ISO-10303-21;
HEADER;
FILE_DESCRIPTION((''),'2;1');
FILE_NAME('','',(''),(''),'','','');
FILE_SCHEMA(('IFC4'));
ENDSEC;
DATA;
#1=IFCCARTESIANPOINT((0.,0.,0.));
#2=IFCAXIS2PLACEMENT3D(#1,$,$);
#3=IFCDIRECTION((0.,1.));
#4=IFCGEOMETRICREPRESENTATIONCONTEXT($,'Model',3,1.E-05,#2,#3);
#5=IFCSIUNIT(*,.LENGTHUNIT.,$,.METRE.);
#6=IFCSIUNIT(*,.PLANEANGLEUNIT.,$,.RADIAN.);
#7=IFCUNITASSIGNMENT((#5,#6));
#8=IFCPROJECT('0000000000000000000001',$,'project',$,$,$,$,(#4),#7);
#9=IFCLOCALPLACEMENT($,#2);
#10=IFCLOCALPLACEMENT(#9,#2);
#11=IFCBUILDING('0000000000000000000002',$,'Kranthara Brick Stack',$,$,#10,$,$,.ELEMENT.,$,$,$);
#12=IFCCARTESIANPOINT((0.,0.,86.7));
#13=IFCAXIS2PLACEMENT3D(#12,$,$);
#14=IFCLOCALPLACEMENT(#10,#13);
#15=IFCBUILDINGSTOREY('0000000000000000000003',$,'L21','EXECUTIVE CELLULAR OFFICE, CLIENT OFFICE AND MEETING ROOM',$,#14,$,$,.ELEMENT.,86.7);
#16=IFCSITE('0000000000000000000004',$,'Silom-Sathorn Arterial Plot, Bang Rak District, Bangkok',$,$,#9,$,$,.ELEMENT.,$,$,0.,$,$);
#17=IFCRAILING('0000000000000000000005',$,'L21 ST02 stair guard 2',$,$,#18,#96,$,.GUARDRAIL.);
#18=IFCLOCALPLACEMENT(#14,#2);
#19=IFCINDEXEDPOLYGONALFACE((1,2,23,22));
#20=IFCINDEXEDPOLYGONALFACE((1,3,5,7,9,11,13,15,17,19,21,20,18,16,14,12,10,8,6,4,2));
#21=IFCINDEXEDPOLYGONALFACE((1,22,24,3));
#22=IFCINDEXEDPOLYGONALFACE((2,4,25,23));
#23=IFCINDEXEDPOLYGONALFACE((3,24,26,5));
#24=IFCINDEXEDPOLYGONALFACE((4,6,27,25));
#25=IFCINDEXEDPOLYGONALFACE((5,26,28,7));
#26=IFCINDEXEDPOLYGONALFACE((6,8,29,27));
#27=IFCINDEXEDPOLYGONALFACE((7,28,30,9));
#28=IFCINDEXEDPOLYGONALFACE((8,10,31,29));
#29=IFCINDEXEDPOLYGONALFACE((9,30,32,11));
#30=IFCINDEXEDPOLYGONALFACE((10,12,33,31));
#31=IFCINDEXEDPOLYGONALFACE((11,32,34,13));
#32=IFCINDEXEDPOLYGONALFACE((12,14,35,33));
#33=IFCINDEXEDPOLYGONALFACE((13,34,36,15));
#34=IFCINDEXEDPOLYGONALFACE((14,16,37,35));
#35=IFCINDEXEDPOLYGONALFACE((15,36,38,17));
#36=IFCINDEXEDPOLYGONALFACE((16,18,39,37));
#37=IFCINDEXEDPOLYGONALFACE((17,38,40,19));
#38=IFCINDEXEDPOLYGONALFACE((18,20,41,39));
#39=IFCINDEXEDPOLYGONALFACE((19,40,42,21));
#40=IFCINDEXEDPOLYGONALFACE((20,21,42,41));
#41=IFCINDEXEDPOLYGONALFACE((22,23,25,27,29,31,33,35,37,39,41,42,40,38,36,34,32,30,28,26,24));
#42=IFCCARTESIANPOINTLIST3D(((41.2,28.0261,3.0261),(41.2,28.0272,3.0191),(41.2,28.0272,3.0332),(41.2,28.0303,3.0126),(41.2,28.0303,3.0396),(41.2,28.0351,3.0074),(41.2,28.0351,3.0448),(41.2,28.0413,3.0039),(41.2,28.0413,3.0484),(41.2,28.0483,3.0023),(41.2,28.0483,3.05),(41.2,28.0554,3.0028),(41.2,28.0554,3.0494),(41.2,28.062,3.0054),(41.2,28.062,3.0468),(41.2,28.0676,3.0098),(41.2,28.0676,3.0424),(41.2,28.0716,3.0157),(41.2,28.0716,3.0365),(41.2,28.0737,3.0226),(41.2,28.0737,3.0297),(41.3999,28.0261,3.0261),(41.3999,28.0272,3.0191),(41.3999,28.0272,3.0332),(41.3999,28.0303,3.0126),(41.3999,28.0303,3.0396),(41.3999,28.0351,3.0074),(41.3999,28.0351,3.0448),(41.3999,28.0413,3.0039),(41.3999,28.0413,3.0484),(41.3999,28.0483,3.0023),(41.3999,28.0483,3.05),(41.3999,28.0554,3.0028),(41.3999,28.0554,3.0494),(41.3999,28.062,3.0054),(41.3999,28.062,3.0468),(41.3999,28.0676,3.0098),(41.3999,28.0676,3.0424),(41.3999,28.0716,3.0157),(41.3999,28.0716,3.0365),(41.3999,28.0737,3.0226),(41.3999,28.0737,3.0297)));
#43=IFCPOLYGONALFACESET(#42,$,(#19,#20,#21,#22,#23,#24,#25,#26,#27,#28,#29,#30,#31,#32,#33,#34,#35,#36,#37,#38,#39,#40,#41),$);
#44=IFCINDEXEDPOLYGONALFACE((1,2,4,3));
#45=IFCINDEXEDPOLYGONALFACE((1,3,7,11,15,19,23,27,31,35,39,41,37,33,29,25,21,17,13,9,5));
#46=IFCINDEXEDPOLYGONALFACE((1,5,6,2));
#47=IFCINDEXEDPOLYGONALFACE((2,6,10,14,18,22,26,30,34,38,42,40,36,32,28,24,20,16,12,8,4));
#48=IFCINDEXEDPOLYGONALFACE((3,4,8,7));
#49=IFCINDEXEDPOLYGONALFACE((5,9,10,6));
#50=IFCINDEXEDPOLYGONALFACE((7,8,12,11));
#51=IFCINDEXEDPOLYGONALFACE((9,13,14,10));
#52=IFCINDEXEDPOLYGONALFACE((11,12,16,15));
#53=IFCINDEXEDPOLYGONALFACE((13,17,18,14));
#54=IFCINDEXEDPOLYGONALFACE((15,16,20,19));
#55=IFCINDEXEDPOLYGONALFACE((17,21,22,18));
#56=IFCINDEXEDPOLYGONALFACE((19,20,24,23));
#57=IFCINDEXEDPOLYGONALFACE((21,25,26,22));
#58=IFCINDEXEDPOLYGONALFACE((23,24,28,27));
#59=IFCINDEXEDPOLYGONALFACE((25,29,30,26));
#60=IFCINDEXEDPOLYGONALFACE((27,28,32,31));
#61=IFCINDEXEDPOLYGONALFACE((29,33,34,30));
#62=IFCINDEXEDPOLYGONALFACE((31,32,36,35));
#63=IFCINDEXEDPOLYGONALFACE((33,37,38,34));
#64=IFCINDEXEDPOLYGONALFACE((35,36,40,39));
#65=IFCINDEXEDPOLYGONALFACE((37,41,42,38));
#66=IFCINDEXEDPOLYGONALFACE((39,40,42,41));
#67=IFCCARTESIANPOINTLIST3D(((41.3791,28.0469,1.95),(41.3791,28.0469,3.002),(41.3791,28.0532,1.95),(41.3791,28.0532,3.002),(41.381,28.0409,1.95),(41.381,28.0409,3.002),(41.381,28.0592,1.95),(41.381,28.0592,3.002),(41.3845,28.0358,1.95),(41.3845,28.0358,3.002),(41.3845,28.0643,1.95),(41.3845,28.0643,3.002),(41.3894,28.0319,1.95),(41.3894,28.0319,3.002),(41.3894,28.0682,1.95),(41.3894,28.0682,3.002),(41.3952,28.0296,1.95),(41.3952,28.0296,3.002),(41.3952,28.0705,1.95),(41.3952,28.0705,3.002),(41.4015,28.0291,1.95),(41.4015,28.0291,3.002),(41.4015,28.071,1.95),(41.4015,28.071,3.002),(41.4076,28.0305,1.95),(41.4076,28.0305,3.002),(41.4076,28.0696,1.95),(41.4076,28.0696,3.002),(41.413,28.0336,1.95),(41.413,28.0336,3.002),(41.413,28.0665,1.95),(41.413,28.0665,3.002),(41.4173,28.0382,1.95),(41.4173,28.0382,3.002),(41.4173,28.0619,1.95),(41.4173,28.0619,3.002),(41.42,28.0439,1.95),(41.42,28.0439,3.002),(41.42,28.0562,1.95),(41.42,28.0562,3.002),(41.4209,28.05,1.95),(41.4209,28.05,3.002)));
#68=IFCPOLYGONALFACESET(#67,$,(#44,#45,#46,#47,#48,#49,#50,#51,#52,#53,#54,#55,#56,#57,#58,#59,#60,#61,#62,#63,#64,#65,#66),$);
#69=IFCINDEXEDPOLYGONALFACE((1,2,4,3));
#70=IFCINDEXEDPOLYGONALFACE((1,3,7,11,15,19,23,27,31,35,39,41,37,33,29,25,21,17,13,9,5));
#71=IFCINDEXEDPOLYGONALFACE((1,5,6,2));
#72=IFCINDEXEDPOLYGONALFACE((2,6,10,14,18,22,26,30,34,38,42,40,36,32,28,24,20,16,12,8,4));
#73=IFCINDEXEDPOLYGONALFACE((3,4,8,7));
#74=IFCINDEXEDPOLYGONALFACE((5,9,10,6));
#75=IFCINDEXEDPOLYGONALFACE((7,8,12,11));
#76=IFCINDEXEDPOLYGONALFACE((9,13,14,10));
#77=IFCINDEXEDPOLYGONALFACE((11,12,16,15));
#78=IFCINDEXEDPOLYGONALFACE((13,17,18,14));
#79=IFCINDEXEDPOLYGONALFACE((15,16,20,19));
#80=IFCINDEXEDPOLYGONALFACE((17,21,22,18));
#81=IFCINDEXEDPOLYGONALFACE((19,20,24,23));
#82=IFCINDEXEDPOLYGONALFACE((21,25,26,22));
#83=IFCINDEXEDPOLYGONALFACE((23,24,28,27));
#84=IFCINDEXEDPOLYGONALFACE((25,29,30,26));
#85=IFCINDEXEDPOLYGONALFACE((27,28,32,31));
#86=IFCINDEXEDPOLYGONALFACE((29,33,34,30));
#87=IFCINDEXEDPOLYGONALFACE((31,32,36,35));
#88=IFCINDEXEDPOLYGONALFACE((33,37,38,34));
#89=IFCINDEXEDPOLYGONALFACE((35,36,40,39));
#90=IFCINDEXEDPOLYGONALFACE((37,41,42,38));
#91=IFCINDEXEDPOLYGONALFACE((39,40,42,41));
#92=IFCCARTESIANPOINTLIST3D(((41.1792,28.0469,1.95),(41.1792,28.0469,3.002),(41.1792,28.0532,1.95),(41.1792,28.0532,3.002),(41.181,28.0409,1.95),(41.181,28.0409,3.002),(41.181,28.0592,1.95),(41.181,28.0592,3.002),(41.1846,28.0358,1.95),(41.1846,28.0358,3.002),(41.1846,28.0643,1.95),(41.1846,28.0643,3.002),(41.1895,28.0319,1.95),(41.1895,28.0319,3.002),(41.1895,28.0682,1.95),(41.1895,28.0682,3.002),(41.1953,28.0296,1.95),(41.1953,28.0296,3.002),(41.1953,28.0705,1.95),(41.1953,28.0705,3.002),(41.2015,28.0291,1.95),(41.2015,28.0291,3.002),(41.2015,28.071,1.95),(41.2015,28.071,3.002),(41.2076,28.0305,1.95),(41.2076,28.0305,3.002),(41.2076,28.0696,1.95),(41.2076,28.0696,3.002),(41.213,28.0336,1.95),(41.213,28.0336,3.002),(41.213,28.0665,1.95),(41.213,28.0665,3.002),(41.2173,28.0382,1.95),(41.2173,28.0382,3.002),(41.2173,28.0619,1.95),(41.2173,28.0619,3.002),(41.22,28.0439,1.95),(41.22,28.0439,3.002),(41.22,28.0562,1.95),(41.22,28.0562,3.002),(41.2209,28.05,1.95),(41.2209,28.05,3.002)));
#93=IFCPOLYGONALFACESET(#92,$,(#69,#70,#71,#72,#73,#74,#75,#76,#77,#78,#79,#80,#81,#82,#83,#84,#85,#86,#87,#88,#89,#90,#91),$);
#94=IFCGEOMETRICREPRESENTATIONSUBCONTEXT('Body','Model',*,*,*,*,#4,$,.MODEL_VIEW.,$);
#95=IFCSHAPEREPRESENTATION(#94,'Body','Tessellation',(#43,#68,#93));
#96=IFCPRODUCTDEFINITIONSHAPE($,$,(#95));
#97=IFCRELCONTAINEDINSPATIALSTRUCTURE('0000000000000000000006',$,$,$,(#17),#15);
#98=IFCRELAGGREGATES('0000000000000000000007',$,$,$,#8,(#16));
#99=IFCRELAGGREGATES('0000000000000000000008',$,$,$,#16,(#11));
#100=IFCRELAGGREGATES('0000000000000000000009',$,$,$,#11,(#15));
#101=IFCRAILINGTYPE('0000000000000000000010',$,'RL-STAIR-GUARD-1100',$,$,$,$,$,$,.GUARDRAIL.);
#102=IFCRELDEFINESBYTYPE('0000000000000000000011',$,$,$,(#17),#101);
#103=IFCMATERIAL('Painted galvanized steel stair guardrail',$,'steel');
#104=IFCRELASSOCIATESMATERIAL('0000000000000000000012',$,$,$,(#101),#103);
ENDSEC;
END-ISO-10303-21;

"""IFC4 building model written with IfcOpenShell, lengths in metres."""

from ifc_helpers import new_model, si_unit, direction, frame, origin, origin_2d, place, context, subcontext, project, spatial, circle, extrude, material, type_object, element, save


model = new_model("IFC4")

# Units and contexts
model_context = context("Model", 3, precision=1e-05, world=origin(), true_north=direction((0.0, 1.0)))
body_context = subcontext(model_context, "Body", "Model", "MODEL_VIEW")
ifc_project = project(units=[si_unit("LENGTHUNIT", "METRE"), si_unit("PLANEANGLEUNIT", "RADIAN")], contexts=[model_context])

# Site, building, storey
site_placement = place(None, origin())
site = spatial("IfcSite", under=ifc_project, at=site_placement, Name="Silom-Sathorn Arterial Plot, Bang Rak District, Bangkok", CompositionType="ELEMENT", RefElevation=0.0)
building_placement = place(site_placement, origin())
building = spatial("IfcBuilding", under=site, at=building_placement, Name="Kranthara Brick Stack", CompositionType="ELEMENT")
storey_placement = place(building_placement, frame((0.0, 0.0, 86.7)))
storey = spatial("IfcBuildingStorey", under=building, at=storey_placement, Name="L21", Description="EXECUTIVE CELLULAR OFFICE, CLIENT OFFICE AND MEETING ROOM", CompositionType="ELEMENT", Elevation=86.7)

# Railing
ifc_material_1 = material(Name="Painted galvanized steel stair guardrail", Category="steel")
railing_type_1 = type_object("IfcRailingType", Name="RL-STAIR-GUARD-1100", PredefinedType="GUARDRAIL", material=ifc_material_1)
railing_1_placement = place(storey_placement, frame((41.3999, 28.05, 1.95)))
element("IfcRailing", 1, at=railing_1_placement, inside=storey, type_object=railing_type_1, Name="L21 ST02 stair guard 2", PredefinedType="GUARDRAIL", context=body_context, shape_type="SweptSolid", body=[
    extrude(circle(Radius=0.0239, at=origin_2d()), frame((0.0, 0.0, 1.0762), z_axis=(-1.0, 0.0, 0.0), x_axis=(0.0, -1.0, 0.0)), (0.0, 0.0, 1.0), 0.2),
    extrude(circle(Radius=0.021, at=origin_2d()), origin(), (0.0, 0.0, 1.0), 1.052),
    extrude(circle(Radius=0.021, at=origin_2d()), frame((-0.2, 0.0, 0.0)), (0.0, 0.0, 1.0), 1.052),
])

save(model, "model.ifc")
